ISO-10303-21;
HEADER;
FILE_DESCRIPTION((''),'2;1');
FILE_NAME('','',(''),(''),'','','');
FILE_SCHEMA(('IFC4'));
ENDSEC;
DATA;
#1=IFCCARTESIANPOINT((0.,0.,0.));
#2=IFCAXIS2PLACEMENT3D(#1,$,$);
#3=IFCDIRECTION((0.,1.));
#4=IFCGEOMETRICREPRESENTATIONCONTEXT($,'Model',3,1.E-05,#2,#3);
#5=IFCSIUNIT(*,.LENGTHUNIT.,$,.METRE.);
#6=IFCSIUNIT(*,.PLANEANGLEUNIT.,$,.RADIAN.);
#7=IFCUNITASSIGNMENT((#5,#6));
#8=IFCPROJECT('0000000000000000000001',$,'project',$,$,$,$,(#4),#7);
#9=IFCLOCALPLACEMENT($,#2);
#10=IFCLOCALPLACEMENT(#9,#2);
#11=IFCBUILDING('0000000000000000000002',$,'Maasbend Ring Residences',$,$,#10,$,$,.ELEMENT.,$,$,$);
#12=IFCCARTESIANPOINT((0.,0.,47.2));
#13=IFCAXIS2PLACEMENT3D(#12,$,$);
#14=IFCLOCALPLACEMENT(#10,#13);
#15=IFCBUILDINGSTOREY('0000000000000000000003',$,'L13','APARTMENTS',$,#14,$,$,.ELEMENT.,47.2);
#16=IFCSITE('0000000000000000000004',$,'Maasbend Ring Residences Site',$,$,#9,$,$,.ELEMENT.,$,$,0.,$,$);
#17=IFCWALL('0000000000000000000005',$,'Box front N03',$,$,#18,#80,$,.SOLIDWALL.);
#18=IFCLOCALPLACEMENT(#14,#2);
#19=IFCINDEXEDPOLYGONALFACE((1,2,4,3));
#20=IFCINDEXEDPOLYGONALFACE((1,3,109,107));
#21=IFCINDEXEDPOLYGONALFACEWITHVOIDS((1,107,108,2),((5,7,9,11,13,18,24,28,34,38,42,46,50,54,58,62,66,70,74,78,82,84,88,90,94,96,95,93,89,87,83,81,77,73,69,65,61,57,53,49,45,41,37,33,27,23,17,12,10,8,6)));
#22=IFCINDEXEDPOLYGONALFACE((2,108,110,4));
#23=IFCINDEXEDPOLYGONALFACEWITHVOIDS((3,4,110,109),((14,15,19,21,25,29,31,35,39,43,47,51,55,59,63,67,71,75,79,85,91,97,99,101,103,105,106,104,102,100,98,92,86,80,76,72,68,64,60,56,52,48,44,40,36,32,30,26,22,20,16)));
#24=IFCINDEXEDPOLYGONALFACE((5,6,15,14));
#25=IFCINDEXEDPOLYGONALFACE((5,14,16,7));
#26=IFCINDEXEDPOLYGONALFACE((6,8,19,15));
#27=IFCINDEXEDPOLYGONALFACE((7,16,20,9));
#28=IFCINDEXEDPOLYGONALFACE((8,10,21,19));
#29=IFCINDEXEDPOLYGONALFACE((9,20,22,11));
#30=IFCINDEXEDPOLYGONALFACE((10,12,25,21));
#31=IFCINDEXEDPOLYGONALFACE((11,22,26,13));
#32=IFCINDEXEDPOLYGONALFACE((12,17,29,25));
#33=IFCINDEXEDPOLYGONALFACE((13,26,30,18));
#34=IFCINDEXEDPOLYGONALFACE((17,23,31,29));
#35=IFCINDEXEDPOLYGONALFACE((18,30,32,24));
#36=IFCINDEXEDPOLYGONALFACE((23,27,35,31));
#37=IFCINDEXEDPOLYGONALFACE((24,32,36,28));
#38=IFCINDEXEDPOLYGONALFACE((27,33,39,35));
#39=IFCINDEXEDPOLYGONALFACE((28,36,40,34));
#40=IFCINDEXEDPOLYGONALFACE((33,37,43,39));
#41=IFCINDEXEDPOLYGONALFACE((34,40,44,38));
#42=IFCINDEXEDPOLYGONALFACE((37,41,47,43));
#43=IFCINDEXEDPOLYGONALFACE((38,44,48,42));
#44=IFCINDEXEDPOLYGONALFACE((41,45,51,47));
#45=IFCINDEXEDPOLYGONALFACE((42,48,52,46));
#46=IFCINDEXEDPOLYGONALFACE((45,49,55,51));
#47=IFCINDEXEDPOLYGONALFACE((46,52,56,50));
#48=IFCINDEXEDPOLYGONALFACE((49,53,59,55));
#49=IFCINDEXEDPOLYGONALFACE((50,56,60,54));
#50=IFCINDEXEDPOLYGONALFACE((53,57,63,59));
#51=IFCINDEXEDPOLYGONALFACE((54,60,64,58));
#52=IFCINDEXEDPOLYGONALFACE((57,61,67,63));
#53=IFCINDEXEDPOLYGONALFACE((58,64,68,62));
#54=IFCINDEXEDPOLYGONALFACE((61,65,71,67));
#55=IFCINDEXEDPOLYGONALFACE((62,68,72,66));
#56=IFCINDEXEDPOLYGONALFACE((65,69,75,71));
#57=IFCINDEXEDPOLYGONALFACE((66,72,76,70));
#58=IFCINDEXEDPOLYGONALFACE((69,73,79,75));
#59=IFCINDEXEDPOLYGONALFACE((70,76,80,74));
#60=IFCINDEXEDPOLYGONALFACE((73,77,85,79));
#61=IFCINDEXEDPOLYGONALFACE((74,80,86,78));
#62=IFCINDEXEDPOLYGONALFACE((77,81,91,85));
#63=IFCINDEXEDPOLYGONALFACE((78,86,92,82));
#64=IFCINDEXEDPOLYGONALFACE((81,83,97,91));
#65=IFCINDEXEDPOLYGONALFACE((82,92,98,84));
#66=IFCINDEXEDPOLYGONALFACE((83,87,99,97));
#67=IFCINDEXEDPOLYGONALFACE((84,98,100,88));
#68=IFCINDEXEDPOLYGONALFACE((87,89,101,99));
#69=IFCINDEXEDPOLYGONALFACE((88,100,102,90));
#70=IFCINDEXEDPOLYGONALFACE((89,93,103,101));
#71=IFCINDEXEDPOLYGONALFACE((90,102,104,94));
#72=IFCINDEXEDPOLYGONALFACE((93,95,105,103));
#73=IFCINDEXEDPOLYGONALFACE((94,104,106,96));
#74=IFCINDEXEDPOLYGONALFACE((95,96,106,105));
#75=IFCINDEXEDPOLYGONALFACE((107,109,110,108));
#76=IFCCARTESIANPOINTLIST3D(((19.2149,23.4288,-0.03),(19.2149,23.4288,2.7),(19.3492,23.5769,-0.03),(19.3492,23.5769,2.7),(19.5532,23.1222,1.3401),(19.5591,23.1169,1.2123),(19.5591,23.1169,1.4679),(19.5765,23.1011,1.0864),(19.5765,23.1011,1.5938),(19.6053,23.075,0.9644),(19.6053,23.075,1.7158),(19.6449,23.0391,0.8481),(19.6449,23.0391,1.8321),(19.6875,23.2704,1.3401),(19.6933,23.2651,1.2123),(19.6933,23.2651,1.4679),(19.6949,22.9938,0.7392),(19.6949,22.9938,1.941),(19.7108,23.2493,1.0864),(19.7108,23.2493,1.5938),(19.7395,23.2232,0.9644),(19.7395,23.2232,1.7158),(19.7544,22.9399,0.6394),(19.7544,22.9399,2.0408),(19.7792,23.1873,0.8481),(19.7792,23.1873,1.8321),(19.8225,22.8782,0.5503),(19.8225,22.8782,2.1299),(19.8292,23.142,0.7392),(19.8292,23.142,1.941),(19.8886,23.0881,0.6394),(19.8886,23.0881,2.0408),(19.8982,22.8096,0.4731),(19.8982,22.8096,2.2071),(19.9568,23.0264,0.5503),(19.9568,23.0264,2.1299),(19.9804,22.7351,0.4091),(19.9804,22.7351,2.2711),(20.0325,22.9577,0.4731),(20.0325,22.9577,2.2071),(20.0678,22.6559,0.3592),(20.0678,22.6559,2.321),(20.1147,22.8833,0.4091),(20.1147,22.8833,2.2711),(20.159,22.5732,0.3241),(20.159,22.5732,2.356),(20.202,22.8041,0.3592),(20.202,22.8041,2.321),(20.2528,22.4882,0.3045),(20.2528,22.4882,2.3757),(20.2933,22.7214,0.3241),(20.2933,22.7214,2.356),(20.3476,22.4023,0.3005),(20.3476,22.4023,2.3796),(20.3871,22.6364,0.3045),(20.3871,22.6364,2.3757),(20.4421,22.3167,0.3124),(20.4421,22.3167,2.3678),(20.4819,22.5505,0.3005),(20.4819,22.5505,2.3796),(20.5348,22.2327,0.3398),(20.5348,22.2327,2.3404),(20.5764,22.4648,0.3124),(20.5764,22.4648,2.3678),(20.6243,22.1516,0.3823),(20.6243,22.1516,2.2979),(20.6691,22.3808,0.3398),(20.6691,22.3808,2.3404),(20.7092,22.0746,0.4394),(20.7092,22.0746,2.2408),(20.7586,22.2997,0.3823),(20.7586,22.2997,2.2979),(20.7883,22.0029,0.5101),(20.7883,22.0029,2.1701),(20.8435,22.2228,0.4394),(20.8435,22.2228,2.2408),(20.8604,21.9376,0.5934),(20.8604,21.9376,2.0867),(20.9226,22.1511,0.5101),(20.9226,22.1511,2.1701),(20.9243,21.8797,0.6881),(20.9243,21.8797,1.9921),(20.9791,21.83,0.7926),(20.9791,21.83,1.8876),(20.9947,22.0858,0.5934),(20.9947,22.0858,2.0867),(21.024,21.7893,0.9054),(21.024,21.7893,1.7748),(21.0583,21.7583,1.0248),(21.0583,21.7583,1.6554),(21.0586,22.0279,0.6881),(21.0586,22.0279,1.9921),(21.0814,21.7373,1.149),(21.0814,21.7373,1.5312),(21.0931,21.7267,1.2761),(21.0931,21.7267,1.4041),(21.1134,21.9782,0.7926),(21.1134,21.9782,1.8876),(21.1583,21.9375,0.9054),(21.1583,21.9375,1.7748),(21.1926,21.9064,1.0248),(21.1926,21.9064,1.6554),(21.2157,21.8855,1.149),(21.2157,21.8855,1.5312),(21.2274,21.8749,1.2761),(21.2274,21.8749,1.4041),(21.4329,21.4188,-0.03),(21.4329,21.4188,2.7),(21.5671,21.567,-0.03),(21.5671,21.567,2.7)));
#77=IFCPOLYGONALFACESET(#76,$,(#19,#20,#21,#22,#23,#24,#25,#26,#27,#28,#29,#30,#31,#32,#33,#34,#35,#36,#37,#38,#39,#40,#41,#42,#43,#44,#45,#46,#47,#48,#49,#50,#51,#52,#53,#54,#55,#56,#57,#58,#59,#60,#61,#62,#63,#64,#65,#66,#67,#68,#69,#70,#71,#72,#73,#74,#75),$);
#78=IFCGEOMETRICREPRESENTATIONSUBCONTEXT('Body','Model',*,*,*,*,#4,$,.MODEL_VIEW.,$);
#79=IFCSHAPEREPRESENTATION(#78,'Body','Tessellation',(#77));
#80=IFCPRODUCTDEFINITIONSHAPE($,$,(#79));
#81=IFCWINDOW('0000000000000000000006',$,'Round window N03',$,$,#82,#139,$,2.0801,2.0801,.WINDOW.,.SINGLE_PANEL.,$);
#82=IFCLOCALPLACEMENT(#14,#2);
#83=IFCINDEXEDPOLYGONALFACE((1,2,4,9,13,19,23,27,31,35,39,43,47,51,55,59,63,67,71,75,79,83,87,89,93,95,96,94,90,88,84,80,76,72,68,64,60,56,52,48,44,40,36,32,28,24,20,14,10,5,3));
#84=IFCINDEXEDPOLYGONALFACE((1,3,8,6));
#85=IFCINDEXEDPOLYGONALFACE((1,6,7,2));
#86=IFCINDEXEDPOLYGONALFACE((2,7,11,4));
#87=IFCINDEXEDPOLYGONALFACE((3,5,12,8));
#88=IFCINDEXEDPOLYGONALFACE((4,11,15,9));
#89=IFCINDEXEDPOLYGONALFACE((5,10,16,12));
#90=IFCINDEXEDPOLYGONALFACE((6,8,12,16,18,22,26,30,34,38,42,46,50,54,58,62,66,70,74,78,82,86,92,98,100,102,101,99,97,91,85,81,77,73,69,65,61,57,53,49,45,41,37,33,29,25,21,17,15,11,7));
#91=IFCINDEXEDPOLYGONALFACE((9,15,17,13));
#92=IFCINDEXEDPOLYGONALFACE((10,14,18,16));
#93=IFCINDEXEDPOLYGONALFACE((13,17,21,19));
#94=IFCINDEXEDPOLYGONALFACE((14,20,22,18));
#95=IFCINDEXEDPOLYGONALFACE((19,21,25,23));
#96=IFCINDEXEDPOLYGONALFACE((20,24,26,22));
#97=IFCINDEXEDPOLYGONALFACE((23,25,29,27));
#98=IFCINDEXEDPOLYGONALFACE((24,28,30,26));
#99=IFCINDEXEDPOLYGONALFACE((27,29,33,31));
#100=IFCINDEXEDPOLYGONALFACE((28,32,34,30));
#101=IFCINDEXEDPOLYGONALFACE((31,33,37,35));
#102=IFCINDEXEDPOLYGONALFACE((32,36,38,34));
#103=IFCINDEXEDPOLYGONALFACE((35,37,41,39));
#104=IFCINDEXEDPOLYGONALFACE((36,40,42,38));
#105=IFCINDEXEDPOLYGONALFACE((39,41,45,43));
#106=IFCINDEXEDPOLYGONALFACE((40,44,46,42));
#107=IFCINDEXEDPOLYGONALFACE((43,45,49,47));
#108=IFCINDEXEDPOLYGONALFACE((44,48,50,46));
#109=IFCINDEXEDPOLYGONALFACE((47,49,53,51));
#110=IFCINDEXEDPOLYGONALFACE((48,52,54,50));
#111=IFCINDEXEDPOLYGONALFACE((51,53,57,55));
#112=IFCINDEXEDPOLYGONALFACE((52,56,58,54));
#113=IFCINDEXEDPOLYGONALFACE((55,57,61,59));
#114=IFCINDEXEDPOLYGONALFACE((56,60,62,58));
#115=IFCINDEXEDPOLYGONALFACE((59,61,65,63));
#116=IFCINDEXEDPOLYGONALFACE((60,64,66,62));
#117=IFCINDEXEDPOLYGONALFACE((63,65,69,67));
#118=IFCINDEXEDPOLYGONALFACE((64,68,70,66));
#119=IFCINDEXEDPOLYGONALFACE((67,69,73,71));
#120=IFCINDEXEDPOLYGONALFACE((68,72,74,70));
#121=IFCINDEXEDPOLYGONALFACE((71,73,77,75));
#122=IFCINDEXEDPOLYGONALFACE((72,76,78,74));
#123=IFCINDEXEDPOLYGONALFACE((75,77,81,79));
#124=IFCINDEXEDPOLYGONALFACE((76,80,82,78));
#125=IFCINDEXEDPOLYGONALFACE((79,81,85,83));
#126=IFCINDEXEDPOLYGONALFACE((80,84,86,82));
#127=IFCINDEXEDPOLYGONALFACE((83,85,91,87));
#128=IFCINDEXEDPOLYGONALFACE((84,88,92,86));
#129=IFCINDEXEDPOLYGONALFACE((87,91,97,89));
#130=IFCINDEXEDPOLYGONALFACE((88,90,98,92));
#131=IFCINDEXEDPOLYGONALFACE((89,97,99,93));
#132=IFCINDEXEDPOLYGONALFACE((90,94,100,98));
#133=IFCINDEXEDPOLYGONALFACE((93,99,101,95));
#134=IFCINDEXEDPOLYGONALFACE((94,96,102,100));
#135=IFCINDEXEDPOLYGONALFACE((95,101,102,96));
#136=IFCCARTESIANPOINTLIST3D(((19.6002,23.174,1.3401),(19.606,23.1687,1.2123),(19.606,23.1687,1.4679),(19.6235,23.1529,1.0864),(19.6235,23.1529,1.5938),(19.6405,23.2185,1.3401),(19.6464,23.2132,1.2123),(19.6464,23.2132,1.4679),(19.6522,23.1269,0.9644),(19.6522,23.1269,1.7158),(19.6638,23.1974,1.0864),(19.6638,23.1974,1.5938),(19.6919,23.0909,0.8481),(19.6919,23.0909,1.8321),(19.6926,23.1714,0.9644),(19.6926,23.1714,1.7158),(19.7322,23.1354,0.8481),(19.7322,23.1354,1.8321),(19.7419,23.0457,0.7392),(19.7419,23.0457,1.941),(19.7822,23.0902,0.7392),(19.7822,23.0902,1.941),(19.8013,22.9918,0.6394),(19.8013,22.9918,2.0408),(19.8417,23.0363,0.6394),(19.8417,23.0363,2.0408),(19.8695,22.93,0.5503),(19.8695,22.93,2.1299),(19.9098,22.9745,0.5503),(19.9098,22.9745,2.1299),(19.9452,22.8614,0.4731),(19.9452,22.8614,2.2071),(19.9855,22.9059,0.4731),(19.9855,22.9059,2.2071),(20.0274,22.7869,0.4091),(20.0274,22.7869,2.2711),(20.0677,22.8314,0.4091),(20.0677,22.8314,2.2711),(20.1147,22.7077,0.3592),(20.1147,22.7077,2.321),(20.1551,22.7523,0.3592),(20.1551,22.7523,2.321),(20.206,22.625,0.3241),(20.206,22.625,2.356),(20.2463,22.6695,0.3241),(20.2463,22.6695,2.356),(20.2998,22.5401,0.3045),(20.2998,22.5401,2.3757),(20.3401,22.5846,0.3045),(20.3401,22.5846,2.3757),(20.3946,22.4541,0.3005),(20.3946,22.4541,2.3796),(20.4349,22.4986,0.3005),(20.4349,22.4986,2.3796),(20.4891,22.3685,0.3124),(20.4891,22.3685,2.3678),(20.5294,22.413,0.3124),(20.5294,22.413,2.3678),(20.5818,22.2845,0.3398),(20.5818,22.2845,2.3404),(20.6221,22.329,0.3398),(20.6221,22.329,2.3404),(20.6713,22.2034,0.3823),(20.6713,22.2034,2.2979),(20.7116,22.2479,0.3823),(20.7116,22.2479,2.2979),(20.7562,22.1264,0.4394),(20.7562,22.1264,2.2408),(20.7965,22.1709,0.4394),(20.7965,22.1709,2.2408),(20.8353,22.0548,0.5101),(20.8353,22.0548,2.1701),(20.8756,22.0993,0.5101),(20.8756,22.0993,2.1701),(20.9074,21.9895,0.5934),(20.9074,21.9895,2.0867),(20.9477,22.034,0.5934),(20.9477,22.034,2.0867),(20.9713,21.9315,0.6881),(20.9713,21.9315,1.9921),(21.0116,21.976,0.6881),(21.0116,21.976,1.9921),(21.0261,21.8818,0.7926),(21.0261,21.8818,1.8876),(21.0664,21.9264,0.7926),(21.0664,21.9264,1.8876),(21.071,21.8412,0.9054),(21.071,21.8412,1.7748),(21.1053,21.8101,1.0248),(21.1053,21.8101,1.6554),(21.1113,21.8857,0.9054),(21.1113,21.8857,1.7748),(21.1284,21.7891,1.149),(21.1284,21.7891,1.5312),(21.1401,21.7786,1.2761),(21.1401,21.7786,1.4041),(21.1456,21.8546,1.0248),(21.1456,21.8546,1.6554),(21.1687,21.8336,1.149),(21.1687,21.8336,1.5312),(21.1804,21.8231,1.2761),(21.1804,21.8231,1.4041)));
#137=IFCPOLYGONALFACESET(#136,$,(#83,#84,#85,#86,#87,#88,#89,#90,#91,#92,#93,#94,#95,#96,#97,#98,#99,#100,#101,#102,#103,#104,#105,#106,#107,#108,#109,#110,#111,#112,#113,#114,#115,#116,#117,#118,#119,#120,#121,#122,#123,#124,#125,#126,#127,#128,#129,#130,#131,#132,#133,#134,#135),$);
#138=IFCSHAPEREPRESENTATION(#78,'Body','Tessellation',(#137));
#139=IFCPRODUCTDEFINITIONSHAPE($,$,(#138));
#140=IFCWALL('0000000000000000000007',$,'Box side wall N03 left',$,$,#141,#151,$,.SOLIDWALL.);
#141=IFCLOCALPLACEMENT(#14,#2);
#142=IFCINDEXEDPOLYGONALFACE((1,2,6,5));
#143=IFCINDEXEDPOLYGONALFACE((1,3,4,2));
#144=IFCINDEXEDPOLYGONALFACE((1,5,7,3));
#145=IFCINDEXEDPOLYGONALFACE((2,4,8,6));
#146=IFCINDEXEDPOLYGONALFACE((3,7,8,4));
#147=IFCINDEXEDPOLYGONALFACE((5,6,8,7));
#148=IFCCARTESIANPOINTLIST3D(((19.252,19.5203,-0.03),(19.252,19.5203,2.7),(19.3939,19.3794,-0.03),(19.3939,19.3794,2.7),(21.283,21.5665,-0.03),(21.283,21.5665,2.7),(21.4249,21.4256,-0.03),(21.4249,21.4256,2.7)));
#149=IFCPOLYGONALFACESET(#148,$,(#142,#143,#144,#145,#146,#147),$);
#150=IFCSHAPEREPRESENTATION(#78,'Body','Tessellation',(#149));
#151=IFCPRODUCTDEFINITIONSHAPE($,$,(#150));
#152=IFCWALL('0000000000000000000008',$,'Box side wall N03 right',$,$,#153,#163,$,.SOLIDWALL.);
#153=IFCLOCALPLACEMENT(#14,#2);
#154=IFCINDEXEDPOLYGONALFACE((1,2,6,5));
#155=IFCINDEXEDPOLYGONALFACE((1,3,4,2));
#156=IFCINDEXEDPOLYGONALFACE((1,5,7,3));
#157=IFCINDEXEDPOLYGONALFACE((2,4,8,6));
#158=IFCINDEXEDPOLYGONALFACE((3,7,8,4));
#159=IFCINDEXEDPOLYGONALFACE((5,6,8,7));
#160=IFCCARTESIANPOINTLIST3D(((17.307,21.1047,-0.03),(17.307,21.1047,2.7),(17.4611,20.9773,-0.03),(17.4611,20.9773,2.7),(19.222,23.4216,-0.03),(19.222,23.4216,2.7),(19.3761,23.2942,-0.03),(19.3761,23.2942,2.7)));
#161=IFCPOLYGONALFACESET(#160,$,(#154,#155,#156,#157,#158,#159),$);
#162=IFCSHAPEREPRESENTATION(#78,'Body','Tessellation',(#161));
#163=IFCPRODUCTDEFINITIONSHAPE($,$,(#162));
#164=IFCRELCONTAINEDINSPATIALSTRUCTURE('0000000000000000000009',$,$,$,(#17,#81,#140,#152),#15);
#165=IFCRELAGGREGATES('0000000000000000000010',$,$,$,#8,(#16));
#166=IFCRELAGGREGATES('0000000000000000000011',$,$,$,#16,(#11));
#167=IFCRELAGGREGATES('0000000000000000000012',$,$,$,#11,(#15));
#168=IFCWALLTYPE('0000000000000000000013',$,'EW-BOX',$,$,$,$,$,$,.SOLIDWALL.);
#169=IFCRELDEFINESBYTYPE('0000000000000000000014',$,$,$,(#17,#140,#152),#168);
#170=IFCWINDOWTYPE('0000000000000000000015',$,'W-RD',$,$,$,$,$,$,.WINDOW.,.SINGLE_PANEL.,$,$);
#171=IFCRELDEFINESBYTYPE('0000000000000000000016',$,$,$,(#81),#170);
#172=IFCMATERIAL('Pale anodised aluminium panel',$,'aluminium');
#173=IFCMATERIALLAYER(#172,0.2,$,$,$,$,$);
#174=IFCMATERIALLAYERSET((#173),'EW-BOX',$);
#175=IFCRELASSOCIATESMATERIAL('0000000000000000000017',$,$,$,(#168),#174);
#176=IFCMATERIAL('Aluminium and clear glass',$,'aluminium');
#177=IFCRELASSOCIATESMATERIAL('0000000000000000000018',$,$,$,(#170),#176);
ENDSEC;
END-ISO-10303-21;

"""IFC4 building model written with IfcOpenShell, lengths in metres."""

from ifc_helpers import new_model, si_unit, direction, frame, frame_2d, origin, place, context, subcontext, project, spatial, rectangle, circle, extrude, material, layer, layer_set, type_object, element, fill, save


model = new_model("IFC4")

# Units and contexts
model_context = context("Model", 3, precision=1e-05, world=origin(), true_north=direction((0.0, 1.0)))
body_context = subcontext(model_context, "Body", "Model", "MODEL_VIEW")
ifc_project = project(units=[si_unit("LENGTHUNIT", "METRE"), si_unit("PLANEANGLEUNIT", "RADIAN")], contexts=[model_context])

# Site, building, storey
site_placement = place(None, origin())
site = spatial("IfcSite", under=ifc_project, at=site_placement, Name="Maasbend Ring Residences Site", CompositionType="ELEMENT", RefElevation=0.0)
building_placement = place(site_placement, origin())
building = spatial("IfcBuilding", under=site, at=building_placement, Name="Maasbend Ring Residences", CompositionType="ELEMENT")
storey_placement = place(building_placement, frame((0.0, 0.0, 47.2)))
storey = spatial("IfcBuildingStorey", under=building, at=storey_placement, Name="L13", Description="APARTMENTS", CompositionType="ELEMENT", Elevation=47.2)

# Wall, opening, window
ifc_material_1 = material(Name="Pale anodised aluminium panel", Category="aluminium")
ifc_layer_1 = layer(ifc_material_1, 0.2)
ifc_layer_set_1 = layer_set([ifc_layer_1], Name="EW-BOX")
wall_type_1 = type_object("IfcWallType", Name="EW-BOX", PredefinedType="SOLIDWALL", material=ifc_layer_set_1)
wall_1_placement = place(storey_placement, frame((21.5, 21.4929, -0.03), z_axis=(0.0, 0.0, 1.0), x_axis=(-0.740998, 0.671507, 0.0)))
wall_1 = element("IfcWall", 1, at=wall_1_placement, inside=storey, type_object=wall_type_1, Name="Box front N03", PredefinedType="SOLIDWALL", context=body_context, shape_type="SweptSolid", body=[
    extrude(rectangle(XDim=2.9932, YDim=0.2, at=frame_2d((1.4966, 0.0))), origin(), (0.0, 0.0, 1.0), 2.73),
])
opening_1_placement = place(wall_1_placement, frame((0.4565, 0.0, 0.3301)))
opening_1 = element("IfcOpeningElement", 2, at=opening_1_placement, cuts=wall_1, PredefinedType="OPENING", context=body_context, shape_type="SweptSolid", body=[
    extrude(circle(Radius=1.04, at=frame_2d((1.04, 1.04))), frame((0.0, 0.1099, 0.0), z_axis=(0.0, -1.0, 0.0), x_axis=(1.0, 0.0, 0.0)), (0.0, 0.0, 1.0), 0.22),
])
ifc_material_2 = material(Name="Aluminium and clear glass", Category="aluminium")
window_type_1 = type_object("IfcWindowType", Name="W-RD", PartitioningType="SINGLE_PANEL", PredefinedType="WINDOW", material=ifc_material_2)
window_1_placement = place(opening_1_placement, origin())
window_1 = element("IfcWindow", 3, at=window_1_placement, inside=storey, type_object=window_type_1, Name="Round window N03", OverallHeight=2.0801, OverallWidth=2.0801, PartitioningType="SINGLE_PANEL", PredefinedType="WINDOW", context=body_context, shape_type="SweptSolid", body=[
    extrude(circle(Radius=1.04, at=frame_2d((1.04, 1.04))), frame((0.0, 0.03, 0.0), z_axis=(0.0, -1.0, 0.0), x_axis=(1.0, 0.0, 0.0)), (0.0, 0.0, 1.0), 0.0601),
])
fill(opening_1, window_1)

# Walls
wall_2_placement = place(storey_placement, frame((19.323, 19.45, -0.03), z_axis=(0.0, 0.0, 1.0), x_axis=(0.704477, 0.709727, 0.0)))
element("IfcWall", 4, at=wall_2_placement, inside=storey, type_object=wall_type_1, Name="Box side wall N03 left", PredefinedType="SOLIDWALL", context=body_context, shape_type="SweptSolid", body=[
    extrude(rectangle(XDim=2.8831, YDim=0.2, at=frame_2d((1.4414, 0.0))), origin(), (0.0, 0.0, 1.0), 2.73),
])
wall_3_placement = place(storey_placement, frame((17.384, 21.041, -0.03), z_axis=(0.0, 0.0, 1.0), x_axis=(0.637096, 0.770785, 0.0)))
element("IfcWall", 5, at=wall_3_placement, inside=storey, type_object=wall_type_1, Name="Box side wall N03 right", PredefinedType="SOLIDWALL", context=body_context, shape_type="SweptSolid", body=[
    extrude(rectangle(XDim=3.0059, YDim=0.2, at=frame_2d((1.5029, 0.0))), origin(), (0.0, 0.0, 1.0), 2.73),
])

save(model, "model.ifc")
